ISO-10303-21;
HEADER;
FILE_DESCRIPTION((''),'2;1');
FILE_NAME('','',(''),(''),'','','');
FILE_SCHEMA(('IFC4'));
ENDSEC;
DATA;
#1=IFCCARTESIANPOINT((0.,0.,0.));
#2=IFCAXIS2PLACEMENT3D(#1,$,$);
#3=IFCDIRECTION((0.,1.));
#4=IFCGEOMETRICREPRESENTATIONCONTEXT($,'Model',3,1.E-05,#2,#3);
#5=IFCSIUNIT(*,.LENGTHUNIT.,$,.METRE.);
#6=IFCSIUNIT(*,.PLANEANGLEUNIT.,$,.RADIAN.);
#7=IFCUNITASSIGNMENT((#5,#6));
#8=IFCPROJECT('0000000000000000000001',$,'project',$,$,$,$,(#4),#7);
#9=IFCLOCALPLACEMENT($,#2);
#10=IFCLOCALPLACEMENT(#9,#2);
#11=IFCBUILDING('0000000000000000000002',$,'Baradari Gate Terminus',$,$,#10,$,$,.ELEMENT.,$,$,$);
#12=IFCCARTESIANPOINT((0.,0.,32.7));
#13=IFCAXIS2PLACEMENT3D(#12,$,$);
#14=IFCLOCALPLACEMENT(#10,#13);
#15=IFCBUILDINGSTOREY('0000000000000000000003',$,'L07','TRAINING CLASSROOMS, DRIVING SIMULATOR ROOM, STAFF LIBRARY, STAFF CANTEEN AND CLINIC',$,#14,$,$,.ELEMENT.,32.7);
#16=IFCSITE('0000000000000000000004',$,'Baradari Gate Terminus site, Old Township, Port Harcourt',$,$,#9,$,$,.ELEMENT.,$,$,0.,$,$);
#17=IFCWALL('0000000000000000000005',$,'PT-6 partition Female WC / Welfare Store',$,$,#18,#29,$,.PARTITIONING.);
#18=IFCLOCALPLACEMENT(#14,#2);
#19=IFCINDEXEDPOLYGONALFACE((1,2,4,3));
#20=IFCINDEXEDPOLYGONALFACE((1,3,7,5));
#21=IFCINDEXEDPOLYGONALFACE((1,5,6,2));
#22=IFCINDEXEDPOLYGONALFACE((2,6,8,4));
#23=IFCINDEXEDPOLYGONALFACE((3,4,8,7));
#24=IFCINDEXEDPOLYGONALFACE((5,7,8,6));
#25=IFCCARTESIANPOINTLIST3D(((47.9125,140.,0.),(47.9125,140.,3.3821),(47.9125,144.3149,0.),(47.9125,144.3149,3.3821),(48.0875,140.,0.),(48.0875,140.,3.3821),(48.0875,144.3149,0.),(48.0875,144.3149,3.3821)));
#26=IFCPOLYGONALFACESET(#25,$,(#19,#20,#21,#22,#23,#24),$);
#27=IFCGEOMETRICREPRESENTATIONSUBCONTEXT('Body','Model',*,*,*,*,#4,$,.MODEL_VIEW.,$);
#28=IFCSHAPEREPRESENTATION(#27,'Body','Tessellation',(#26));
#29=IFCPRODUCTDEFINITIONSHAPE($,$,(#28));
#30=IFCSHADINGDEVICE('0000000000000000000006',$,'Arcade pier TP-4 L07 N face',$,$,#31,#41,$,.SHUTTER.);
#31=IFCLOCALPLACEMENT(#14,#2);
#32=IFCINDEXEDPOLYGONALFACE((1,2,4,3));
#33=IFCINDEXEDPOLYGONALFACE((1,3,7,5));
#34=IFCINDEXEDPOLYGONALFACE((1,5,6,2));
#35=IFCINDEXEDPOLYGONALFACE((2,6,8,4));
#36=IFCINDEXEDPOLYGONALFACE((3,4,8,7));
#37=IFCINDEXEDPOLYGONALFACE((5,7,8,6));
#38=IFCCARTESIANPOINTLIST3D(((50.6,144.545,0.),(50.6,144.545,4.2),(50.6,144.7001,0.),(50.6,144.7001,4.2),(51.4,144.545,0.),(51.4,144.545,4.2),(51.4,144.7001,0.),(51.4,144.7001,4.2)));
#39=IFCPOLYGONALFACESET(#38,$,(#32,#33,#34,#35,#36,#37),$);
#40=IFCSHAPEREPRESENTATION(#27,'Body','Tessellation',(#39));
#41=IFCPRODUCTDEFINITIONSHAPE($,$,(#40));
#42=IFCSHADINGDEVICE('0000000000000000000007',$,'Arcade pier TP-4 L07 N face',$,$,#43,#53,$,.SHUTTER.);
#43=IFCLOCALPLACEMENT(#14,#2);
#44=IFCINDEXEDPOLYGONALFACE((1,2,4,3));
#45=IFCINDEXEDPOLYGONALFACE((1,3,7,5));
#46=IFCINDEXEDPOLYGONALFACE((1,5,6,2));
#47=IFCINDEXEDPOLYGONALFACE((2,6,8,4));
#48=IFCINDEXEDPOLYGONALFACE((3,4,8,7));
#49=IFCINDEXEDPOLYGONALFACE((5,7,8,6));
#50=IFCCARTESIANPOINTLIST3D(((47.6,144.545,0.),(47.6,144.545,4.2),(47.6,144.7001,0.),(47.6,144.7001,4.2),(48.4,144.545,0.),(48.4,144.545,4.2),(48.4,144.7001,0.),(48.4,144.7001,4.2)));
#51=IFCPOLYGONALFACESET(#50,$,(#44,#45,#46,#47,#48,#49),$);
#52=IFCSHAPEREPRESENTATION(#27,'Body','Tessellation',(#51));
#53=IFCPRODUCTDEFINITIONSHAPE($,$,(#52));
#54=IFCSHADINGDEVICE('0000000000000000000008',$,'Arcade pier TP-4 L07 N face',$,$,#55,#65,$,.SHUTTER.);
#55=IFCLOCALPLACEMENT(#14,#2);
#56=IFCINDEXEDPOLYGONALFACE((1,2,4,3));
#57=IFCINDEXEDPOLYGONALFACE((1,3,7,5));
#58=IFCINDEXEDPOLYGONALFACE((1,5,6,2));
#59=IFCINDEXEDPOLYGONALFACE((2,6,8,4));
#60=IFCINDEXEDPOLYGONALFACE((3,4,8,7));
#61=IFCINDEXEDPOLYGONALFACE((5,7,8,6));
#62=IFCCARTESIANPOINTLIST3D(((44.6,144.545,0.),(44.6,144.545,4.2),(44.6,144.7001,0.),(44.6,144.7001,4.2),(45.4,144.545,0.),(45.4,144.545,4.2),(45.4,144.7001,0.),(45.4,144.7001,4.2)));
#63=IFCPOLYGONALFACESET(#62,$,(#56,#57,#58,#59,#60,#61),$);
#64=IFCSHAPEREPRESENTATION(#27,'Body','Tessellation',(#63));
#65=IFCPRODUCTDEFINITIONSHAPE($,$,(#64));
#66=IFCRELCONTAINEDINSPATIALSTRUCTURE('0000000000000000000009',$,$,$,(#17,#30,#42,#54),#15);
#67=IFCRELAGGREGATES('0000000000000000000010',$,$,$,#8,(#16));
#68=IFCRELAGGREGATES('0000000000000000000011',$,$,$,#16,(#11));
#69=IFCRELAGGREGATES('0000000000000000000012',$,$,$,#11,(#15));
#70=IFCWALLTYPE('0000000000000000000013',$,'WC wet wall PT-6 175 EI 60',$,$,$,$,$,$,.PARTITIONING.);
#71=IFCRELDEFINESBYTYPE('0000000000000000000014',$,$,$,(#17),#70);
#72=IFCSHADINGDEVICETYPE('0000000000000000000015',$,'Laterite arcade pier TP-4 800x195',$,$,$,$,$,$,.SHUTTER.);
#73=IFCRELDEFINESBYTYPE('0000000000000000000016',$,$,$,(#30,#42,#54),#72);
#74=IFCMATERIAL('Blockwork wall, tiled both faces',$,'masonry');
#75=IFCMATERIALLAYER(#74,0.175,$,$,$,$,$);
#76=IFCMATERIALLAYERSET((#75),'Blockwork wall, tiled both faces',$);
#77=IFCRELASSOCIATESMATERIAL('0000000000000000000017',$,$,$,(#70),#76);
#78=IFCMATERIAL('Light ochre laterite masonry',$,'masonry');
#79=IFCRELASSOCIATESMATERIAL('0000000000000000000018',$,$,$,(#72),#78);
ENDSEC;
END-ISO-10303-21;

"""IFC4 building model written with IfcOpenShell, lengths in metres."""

from ifc_helpers import new_model, si_unit, direction, frame, frame_2d, origin, origin_2d, place, context, subcontext, project, spatial, rectangle, extrude, material, layer, layer_set, type_object, element, save


model = new_model("IFC4")

# Units and contexts
model_context = context("Model", 3, precision=1e-05, world=origin(), true_north=direction((0.0, 1.0)))
body_context = subcontext(model_context, "Body", "Model", "MODEL_VIEW")
ifc_project = project(units=[si_unit("LENGTHUNIT", "METRE"), si_unit("PLANEANGLEUNIT", "RADIAN")], contexts=[model_context])

# Site, building, storey
site_placement = place(None, origin())
site = spatial("IfcSite", under=ifc_project, at=site_placement, Name="Baradari Gate Terminus site, Old Township, Port Harcourt", CompositionType="ELEMENT", RefElevation=0.0)
building_placement = place(site_placement, origin())
building = spatial("IfcBuilding", under=site, at=building_placement, Name="Baradari Gate Terminus", CompositionType="ELEMENT")
storey_placement = place(building_placement, frame((0.0, 0.0, 32.7)))
storey = spatial("IfcBuildingStorey", under=building, at=storey_placement, Name="L07", Description="TRAINING CLASSROOMS, DRIVING SIMULATOR ROOM, STAFF LIBRARY, STAFF CANTEEN AND CLINIC", CompositionType="ELEMENT", Elevation=32.7)

# Wall
ifc_material_1 = material(Name="Blockwork wall, tiled both faces", Category="masonry")
ifc_layer_1 = layer(ifc_material_1, 0.175)
ifc_layer_set_1 = layer_set([ifc_layer_1], Name="Blockwork wall, tiled both faces")
wall_type = type_object("IfcWallType", Name="WC wet wall PT-6 175 EI 60", PredefinedType="PARTITIONING", material=ifc_layer_set_1)
wall_placement = place(storey_placement, frame((48.0, 144.3149, 0.0), z_axis=(0.0, 0.0, 1.0), x_axis=(0.0, -1.0, 0.0)))
element("IfcWall", 1, at=wall_placement, inside=storey, type_object=wall_type, Name="PT-6 partition Female WC / Welfare Store", PredefinedType="PARTITIONING", context=body_context, shape_type="SweptSolid", body=[
    extrude(rectangle(XDim=4.3149, YDim=0.175, at=frame_2d((2.1575, 0.0))), origin(), (0.0, 0.0, 1.0), 3.3821),
])

# Shading devices
ifc_material_2 = material(Name="Light ochre laterite masonry", Category="masonry")
shading_device_type = type_object("IfcShadingDeviceType", Name="Laterite arcade pier TP-4 800x195", PredefinedType="SHUTTER", material=ifc_material_2)
for number, where, z_axis, x_axis, name in (
    (2, (51.0, 144.6226, 0.0), (0.0, 0.0, 1.0), (-1.0, 0.0, 0.0), "Arcade pier TP-4 L07 N face"),
    (3, (48.0, 144.6226, 0.0), (0.0, 0.0, 1.0), (-1.0, 0.0, 0.0), "Arcade pier TP-4 L07 N face"),
    (4, (45.0, 144.6226, 0.0), (0.0, 0.0, 1.0), (-1.0, 0.0, 0.0), "Arcade pier TP-4 L07 N face"),
):
    element("IfcShadingDevice", number, at=place(storey_placement, frame(where, z_axis=z_axis, x_axis=x_axis)), inside=storey, type_object=shading_device_type, Name=name, PredefinedType="SHUTTER", context=body_context, shape_type="SweptSolid", body=[
        extrude(rectangle(XDim=0.8, YDim=0.155, at=origin_2d()), origin(), (0.0, 0.0, 1.0), 4.2),
    ])

save(model, "model.ifc")
